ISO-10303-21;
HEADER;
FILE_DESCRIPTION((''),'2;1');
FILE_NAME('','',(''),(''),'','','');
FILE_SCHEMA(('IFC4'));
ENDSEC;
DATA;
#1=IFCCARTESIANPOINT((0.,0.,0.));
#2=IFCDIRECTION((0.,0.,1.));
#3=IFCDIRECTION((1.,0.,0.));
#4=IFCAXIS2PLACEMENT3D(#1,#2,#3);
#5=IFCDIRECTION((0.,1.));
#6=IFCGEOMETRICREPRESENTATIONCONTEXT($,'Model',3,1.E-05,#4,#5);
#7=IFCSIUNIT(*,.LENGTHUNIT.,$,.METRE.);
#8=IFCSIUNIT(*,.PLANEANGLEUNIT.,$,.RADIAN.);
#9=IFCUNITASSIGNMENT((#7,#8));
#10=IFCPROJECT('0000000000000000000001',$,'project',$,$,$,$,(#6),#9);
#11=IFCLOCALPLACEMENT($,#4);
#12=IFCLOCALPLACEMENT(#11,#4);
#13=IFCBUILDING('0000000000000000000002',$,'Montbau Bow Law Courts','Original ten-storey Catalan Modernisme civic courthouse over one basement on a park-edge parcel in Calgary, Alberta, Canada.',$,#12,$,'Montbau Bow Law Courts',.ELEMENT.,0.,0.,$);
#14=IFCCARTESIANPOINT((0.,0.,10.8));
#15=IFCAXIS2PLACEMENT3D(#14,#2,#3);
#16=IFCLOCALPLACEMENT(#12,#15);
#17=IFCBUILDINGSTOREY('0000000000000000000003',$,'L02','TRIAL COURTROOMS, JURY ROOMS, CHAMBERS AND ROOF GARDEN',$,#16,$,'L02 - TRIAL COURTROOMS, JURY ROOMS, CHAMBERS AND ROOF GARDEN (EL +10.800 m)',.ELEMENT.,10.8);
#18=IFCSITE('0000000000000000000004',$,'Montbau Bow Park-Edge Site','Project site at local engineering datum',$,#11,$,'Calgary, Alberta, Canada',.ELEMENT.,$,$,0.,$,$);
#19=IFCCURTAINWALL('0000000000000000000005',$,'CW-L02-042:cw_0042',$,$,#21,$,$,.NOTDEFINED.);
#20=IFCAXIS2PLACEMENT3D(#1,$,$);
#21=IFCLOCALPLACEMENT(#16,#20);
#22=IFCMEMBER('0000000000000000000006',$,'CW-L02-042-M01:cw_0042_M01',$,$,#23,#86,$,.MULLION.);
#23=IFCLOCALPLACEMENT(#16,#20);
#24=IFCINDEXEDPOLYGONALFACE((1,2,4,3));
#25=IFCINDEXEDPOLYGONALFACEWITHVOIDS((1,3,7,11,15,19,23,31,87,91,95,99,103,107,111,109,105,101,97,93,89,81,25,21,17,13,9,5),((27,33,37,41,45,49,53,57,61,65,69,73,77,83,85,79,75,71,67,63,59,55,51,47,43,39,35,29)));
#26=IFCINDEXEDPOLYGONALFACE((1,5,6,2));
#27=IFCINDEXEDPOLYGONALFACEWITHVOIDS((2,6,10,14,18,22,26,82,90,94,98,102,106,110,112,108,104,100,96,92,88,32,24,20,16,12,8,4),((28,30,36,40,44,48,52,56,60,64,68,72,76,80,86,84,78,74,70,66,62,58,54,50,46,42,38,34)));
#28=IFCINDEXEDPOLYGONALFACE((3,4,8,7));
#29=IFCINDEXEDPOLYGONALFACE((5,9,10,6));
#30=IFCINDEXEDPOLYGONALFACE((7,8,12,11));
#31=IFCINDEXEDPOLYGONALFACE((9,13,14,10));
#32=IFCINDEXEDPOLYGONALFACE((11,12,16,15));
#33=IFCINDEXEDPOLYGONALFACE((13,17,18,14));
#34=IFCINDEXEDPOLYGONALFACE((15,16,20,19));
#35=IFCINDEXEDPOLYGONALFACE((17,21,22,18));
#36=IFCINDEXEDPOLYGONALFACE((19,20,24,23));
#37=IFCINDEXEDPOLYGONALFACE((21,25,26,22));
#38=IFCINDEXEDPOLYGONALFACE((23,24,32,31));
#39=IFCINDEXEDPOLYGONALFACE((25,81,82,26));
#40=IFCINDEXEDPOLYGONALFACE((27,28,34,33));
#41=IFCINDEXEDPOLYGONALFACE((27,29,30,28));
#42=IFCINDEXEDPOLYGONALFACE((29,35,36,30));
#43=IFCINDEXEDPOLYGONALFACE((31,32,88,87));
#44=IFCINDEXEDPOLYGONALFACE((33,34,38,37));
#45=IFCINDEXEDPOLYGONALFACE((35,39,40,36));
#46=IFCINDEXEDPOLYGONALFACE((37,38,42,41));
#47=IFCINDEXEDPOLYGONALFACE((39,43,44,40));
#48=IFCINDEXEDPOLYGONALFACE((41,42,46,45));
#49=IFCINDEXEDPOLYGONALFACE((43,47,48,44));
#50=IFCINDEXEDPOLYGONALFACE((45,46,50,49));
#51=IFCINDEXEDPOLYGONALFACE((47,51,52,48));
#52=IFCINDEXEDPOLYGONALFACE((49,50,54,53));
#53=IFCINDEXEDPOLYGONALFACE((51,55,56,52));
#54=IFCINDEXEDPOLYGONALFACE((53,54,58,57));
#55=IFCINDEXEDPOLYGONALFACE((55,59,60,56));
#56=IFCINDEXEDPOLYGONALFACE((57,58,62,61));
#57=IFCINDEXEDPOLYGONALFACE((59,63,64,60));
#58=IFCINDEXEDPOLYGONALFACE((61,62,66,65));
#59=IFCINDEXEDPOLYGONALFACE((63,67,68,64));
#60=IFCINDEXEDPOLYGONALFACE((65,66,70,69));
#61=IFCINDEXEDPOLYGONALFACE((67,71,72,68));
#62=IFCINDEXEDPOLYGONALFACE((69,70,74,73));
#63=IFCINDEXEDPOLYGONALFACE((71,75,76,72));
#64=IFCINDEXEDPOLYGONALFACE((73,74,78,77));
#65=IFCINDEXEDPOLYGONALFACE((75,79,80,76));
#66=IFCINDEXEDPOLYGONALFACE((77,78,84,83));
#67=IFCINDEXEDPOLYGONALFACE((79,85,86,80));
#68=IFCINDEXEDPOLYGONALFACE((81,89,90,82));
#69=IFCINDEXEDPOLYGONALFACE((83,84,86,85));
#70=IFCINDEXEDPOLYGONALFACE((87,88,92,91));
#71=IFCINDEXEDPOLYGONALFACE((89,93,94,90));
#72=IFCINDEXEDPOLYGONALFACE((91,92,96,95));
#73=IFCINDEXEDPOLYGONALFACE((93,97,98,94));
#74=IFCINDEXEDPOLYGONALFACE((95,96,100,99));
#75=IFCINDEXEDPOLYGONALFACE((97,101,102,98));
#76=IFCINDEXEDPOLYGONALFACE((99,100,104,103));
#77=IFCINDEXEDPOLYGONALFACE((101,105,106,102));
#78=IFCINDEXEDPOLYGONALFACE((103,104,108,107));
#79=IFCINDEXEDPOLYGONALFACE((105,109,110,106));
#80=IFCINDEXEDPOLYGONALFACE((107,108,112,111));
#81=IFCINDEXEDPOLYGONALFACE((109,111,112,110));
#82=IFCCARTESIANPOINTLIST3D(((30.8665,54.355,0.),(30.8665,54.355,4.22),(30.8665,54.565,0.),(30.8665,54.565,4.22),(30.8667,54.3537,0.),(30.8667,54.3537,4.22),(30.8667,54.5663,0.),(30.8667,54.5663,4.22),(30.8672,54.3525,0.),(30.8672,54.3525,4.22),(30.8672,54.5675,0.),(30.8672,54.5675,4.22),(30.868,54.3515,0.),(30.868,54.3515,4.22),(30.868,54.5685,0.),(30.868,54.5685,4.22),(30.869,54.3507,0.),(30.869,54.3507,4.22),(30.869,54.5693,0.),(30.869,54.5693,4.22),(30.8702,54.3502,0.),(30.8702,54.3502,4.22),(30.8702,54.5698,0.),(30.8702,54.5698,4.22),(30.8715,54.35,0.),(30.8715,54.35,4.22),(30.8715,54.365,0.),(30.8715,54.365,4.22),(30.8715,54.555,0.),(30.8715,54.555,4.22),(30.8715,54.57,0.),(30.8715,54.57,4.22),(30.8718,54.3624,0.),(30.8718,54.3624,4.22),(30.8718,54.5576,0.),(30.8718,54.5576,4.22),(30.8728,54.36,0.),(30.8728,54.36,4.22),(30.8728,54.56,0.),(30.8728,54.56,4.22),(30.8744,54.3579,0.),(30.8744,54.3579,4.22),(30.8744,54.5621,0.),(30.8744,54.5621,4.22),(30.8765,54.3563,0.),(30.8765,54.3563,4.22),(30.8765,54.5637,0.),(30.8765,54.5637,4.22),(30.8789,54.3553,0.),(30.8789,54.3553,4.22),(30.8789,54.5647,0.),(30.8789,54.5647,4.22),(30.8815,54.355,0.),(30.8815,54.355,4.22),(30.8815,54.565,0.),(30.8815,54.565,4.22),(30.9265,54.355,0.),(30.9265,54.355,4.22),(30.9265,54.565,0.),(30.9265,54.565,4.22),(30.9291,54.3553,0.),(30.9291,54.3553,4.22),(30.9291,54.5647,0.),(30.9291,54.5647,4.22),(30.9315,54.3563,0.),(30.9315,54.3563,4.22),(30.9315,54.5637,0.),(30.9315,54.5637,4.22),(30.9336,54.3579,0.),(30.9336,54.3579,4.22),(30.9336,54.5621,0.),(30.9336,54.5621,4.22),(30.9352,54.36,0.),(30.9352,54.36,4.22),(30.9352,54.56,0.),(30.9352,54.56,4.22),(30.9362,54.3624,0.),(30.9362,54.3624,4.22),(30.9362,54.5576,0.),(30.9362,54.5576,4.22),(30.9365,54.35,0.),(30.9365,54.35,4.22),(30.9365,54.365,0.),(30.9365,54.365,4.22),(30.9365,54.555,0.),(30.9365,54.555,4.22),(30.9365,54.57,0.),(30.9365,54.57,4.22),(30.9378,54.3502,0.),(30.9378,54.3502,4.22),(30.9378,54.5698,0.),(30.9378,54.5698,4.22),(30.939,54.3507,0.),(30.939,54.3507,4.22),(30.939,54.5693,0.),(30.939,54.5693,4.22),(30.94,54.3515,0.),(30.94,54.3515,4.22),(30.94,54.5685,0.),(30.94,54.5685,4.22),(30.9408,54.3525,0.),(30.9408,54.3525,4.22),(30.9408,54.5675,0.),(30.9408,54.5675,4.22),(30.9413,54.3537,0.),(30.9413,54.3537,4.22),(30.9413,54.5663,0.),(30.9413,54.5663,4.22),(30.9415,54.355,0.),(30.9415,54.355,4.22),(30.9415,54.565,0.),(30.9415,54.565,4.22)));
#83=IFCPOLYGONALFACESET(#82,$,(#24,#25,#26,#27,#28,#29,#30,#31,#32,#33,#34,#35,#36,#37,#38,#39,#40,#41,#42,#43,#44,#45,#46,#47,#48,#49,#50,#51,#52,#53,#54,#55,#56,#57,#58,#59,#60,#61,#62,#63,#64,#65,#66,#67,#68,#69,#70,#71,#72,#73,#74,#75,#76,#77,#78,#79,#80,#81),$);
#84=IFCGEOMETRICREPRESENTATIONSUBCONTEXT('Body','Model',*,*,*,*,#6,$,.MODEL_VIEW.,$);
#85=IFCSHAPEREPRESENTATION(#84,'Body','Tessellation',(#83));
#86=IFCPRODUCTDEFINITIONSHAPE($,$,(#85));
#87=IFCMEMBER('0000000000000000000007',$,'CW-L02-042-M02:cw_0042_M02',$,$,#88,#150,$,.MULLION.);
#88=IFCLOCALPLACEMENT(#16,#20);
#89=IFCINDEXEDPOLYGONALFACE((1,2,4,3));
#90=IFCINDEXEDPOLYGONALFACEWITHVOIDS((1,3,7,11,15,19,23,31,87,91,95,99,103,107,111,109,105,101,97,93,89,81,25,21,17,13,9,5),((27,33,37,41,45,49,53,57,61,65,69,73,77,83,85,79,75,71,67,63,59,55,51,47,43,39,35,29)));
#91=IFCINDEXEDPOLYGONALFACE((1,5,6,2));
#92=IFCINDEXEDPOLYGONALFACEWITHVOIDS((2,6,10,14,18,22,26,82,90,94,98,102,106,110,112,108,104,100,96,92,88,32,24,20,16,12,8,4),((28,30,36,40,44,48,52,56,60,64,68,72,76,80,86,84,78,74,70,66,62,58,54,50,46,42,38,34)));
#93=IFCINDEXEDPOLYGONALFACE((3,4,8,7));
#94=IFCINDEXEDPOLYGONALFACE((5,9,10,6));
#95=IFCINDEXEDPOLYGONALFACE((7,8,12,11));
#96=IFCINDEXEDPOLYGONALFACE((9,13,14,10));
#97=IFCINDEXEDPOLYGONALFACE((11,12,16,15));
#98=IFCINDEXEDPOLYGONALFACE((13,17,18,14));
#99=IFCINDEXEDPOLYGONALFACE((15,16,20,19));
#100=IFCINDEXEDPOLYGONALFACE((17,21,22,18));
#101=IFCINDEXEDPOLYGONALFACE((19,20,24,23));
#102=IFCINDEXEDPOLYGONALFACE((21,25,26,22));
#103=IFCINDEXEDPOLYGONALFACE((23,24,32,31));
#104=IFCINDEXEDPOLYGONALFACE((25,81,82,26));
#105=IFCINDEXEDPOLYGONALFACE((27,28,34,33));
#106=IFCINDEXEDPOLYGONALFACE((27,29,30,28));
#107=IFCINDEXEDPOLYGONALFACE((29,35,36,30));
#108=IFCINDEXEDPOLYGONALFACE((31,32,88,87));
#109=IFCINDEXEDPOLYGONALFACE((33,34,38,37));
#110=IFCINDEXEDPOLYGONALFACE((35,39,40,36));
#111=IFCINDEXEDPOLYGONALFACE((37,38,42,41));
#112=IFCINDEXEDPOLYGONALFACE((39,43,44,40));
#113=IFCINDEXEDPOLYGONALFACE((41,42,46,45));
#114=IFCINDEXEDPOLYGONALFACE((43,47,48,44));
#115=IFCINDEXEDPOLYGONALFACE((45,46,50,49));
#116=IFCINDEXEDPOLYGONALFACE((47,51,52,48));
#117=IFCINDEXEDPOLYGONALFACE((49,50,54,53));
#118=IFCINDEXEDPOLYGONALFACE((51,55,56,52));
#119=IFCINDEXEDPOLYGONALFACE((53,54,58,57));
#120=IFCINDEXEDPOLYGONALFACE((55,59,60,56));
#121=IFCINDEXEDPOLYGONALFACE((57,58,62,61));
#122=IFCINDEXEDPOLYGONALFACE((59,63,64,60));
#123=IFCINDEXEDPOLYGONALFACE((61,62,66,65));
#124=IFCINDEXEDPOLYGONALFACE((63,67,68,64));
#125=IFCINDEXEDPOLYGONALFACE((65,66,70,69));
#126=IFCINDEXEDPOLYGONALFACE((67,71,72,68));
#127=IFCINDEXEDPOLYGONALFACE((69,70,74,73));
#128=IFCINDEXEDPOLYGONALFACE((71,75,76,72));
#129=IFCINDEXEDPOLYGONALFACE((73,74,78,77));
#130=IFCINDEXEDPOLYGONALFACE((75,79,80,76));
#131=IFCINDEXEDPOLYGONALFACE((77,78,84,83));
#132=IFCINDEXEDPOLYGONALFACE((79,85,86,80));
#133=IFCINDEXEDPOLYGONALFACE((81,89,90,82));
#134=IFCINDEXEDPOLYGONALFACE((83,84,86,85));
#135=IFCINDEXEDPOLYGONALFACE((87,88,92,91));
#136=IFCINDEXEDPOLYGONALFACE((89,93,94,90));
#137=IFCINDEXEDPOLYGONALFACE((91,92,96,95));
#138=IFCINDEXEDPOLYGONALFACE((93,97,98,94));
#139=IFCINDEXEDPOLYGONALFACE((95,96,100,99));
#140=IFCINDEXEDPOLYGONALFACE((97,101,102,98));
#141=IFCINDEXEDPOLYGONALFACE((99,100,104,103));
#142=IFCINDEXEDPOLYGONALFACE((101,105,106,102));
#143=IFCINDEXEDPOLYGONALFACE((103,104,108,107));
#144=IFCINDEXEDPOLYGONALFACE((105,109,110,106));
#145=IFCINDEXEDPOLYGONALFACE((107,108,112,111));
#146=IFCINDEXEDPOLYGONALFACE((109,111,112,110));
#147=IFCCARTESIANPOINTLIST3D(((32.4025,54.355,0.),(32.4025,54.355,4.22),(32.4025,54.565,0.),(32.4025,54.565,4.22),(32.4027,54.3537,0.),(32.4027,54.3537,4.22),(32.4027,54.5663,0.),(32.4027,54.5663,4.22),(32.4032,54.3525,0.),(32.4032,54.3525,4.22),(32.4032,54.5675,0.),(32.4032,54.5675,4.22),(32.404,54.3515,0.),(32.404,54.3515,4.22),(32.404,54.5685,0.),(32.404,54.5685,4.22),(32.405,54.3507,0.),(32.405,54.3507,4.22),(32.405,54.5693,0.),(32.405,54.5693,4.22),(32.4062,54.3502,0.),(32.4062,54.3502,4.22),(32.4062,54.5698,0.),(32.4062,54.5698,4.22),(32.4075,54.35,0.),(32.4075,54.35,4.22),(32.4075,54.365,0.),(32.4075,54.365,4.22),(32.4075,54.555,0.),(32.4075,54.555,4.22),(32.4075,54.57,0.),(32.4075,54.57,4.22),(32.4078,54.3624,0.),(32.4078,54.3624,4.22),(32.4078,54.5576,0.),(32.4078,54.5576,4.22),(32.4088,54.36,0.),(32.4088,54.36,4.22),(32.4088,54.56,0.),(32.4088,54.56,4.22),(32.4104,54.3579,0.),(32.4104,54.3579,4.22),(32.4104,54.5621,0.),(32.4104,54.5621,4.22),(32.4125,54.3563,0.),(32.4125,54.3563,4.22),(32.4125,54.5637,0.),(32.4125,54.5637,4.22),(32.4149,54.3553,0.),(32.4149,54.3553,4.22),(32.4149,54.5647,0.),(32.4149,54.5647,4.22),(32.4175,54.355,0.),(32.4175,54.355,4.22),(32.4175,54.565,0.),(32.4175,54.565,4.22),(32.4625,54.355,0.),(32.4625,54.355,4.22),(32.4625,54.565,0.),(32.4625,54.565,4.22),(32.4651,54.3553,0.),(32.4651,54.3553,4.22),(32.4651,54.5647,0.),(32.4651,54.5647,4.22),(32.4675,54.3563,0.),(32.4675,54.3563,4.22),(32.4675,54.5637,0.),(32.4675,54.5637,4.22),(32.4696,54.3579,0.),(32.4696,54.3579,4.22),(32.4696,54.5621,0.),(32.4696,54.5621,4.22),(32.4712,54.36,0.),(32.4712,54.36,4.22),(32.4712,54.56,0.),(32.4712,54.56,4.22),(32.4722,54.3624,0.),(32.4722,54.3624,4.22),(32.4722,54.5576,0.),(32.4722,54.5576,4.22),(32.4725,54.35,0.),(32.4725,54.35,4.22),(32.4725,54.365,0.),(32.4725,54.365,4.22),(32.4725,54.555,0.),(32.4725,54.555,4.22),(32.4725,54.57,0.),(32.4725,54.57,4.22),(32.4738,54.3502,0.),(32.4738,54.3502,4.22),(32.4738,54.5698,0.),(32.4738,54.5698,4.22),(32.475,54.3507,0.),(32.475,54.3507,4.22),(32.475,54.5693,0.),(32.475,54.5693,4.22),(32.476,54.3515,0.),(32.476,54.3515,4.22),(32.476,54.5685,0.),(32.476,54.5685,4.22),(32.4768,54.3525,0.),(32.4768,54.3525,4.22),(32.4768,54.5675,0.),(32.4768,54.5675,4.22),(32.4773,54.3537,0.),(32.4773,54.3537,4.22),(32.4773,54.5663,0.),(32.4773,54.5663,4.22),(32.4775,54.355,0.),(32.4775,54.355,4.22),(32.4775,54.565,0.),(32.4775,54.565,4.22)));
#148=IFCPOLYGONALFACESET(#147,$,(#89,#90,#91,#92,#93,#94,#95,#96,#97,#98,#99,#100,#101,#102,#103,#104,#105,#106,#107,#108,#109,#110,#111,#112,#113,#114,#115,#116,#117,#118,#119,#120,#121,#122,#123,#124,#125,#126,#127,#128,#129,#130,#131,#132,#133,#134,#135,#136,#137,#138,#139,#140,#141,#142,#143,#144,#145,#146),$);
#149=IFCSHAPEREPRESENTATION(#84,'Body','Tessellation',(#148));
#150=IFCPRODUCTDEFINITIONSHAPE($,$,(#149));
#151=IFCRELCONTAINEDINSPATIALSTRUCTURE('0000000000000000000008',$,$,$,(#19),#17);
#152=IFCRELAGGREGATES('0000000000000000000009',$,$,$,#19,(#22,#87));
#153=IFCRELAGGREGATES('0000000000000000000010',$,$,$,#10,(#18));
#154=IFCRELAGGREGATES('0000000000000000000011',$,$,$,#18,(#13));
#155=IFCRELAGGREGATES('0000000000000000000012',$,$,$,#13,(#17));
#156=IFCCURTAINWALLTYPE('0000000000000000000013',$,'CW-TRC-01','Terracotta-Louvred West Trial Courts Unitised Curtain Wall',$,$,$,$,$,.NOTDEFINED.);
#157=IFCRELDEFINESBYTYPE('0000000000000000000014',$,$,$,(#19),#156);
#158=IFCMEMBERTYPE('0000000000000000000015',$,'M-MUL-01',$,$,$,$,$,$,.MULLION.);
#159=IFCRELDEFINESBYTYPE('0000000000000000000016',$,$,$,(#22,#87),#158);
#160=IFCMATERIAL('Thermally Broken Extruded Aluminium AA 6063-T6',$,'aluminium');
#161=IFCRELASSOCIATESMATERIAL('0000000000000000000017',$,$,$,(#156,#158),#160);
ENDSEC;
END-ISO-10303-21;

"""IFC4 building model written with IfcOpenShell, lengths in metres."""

from ifc_helpers import new_model, si_unit, direction, frame, origin_with_axes, origin_2d_with_axis, place, context, subcontext, project, spatial, hollow_rectangle, extrude, material, material_profile, profile_set, type_object, element, aggregate, save


model = new_model("IFC4")

# Units and contexts
model_context = context("Model", 3, precision=1e-05, world=origin_with_axes(), true_north=direction((0.0, 1.0)))
body_context = subcontext(model_context, "Body", "Model", "MODEL_VIEW")
ifc_project = project(units=[si_unit("LENGTHUNIT", "METRE"), si_unit("PLANEANGLEUNIT", "RADIAN")], contexts=[model_context])

# Site, building, storey
site_placement = place(None, origin_with_axes())
site = spatial("IfcSite", under=ifc_project, at=site_placement, Name="Montbau Bow Park-Edge Site", Description="Project site at local engineering datum", LongName="Calgary, Alberta, Canada", CompositionType="ELEMENT", RefElevation=0.0)
building_placement = place(site_placement, origin_with_axes())
building = spatial("IfcBuilding", under=site, at=building_placement, Name="Montbau Bow Law Courts", Description="Original ten-storey Catalan Modernisme civic courthouse over one basement on a park-edge parcel in Calgary, Alberta, Canada.", LongName="Montbau Bow Law Courts", CompositionType="ELEMENT", ElevationOfRefHeight=0.0, ElevationOfTerrain=0.0)
storey_placement = place(building_placement, frame((0.0, 0.0, 10.8), z_axis=(0.0, 0.0, 1.0), x_axis=(1.0, 0.0, 0.0)))
storey = spatial("IfcBuildingStorey", under=building, at=storey_placement, Name="L02", Description="TRIAL COURTROOMS, JURY ROOMS, CHAMBERS AND ROOF GARDEN", LongName="L02 - TRIAL COURTROOMS, JURY ROOMS, CHAMBERS AND ROOF GARDEN (EL +10.800 m)", CompositionType="ELEMENT", Elevation=10.8)

# Curtain wall, members
ifc_material_1 = material(Name="Thermally Broken Extruded Aluminium AA 6063-T6", Category="aluminium")
curtain_wall_type = type_object("IfcCurtainWallType", Name="CW-TRC-01", Description="Terracotta-Louvred West Trial Courts Unitised Curtain Wall", PredefinedType="NOTDEFINED", material=ifc_material_1)
curtain_wall_1_placement = place(None, frame((30.867, 54.46, 10.8), z_axis=(0.0, 0.0, 1.0), x_axis=(1.0, 0.0, 0.0)))
curtain_wall_1 = element("IfcCurtainWall", 1, at=curtain_wall_1_placement, inside=storey, type_object=curtain_wall_type, Name="CW-L02-042:cw_0042", PredefinedType="NOTDEFINED")
ifc_material_profile_1 = material_profile(ifc_material_1, hollow_rectangle(XDim=0.075, YDim=0.22, WallThickness=0.005, InnerFilletRadius=0.01, OuterFilletRadius=0.005, at=origin_2d_with_axis()), Name="CWM-220X75", Category="Main", Priority=0)
ifc_profile_set_1 = profile_set([ifc_material_profile_1], Name="Thermally Broken Extruded Aluminium AA 6063-T6")
member_type_1 = type_object("IfcMemberType", Name="M-MUL-01", PredefinedType="MULLION", material=ifc_profile_set_1)
member_1_placement = place(None, frame((30.904, 54.46, 10.8), z_axis=(0.0, 0.0, 1.0), x_axis=(1.0, 0.0, 0.0)))
member_1 = element("IfcMember", 2, at=member_1_placement, type_object=member_type_1, Name="CW-L02-042-M01:cw_0042_M01", PredefinedType="MULLION", context=body_context, shape_type="SweptSolid", body=[
    extrude(hollow_rectangle(XDim=0.075, YDim=0.22, WallThickness=0.005, InnerFilletRadius=0.01, OuterFilletRadius=0.005, at=origin_2d_with_axis()), origin_with_axes(), (0.0, 0.0, 1.0), 4.22),
])
member_2_placement = place(None, frame((32.44, 54.46, 10.8), z_axis=(0.0, 0.0, 1.0), x_axis=(1.0, 0.0, 0.0)))
member_2 = element("IfcMember", 3, at=member_2_placement, type_object=member_type_1, Name="CW-L02-042-M02:cw_0042_M02", PredefinedType="MULLION", context=body_context, shape_type="SweptSolid", body=[
    extrude(hollow_rectangle(XDim=0.075, YDim=0.22, WallThickness=0.005, InnerFilletRadius=0.01, OuterFilletRadius=0.005, at=origin_2d_with_axis()), origin_with_axes(), (0.0, 0.0, 1.0), 4.22),
])

aggregate(curtain_wall_1, [member_1, member_2])

save(model, "model.ifc")
